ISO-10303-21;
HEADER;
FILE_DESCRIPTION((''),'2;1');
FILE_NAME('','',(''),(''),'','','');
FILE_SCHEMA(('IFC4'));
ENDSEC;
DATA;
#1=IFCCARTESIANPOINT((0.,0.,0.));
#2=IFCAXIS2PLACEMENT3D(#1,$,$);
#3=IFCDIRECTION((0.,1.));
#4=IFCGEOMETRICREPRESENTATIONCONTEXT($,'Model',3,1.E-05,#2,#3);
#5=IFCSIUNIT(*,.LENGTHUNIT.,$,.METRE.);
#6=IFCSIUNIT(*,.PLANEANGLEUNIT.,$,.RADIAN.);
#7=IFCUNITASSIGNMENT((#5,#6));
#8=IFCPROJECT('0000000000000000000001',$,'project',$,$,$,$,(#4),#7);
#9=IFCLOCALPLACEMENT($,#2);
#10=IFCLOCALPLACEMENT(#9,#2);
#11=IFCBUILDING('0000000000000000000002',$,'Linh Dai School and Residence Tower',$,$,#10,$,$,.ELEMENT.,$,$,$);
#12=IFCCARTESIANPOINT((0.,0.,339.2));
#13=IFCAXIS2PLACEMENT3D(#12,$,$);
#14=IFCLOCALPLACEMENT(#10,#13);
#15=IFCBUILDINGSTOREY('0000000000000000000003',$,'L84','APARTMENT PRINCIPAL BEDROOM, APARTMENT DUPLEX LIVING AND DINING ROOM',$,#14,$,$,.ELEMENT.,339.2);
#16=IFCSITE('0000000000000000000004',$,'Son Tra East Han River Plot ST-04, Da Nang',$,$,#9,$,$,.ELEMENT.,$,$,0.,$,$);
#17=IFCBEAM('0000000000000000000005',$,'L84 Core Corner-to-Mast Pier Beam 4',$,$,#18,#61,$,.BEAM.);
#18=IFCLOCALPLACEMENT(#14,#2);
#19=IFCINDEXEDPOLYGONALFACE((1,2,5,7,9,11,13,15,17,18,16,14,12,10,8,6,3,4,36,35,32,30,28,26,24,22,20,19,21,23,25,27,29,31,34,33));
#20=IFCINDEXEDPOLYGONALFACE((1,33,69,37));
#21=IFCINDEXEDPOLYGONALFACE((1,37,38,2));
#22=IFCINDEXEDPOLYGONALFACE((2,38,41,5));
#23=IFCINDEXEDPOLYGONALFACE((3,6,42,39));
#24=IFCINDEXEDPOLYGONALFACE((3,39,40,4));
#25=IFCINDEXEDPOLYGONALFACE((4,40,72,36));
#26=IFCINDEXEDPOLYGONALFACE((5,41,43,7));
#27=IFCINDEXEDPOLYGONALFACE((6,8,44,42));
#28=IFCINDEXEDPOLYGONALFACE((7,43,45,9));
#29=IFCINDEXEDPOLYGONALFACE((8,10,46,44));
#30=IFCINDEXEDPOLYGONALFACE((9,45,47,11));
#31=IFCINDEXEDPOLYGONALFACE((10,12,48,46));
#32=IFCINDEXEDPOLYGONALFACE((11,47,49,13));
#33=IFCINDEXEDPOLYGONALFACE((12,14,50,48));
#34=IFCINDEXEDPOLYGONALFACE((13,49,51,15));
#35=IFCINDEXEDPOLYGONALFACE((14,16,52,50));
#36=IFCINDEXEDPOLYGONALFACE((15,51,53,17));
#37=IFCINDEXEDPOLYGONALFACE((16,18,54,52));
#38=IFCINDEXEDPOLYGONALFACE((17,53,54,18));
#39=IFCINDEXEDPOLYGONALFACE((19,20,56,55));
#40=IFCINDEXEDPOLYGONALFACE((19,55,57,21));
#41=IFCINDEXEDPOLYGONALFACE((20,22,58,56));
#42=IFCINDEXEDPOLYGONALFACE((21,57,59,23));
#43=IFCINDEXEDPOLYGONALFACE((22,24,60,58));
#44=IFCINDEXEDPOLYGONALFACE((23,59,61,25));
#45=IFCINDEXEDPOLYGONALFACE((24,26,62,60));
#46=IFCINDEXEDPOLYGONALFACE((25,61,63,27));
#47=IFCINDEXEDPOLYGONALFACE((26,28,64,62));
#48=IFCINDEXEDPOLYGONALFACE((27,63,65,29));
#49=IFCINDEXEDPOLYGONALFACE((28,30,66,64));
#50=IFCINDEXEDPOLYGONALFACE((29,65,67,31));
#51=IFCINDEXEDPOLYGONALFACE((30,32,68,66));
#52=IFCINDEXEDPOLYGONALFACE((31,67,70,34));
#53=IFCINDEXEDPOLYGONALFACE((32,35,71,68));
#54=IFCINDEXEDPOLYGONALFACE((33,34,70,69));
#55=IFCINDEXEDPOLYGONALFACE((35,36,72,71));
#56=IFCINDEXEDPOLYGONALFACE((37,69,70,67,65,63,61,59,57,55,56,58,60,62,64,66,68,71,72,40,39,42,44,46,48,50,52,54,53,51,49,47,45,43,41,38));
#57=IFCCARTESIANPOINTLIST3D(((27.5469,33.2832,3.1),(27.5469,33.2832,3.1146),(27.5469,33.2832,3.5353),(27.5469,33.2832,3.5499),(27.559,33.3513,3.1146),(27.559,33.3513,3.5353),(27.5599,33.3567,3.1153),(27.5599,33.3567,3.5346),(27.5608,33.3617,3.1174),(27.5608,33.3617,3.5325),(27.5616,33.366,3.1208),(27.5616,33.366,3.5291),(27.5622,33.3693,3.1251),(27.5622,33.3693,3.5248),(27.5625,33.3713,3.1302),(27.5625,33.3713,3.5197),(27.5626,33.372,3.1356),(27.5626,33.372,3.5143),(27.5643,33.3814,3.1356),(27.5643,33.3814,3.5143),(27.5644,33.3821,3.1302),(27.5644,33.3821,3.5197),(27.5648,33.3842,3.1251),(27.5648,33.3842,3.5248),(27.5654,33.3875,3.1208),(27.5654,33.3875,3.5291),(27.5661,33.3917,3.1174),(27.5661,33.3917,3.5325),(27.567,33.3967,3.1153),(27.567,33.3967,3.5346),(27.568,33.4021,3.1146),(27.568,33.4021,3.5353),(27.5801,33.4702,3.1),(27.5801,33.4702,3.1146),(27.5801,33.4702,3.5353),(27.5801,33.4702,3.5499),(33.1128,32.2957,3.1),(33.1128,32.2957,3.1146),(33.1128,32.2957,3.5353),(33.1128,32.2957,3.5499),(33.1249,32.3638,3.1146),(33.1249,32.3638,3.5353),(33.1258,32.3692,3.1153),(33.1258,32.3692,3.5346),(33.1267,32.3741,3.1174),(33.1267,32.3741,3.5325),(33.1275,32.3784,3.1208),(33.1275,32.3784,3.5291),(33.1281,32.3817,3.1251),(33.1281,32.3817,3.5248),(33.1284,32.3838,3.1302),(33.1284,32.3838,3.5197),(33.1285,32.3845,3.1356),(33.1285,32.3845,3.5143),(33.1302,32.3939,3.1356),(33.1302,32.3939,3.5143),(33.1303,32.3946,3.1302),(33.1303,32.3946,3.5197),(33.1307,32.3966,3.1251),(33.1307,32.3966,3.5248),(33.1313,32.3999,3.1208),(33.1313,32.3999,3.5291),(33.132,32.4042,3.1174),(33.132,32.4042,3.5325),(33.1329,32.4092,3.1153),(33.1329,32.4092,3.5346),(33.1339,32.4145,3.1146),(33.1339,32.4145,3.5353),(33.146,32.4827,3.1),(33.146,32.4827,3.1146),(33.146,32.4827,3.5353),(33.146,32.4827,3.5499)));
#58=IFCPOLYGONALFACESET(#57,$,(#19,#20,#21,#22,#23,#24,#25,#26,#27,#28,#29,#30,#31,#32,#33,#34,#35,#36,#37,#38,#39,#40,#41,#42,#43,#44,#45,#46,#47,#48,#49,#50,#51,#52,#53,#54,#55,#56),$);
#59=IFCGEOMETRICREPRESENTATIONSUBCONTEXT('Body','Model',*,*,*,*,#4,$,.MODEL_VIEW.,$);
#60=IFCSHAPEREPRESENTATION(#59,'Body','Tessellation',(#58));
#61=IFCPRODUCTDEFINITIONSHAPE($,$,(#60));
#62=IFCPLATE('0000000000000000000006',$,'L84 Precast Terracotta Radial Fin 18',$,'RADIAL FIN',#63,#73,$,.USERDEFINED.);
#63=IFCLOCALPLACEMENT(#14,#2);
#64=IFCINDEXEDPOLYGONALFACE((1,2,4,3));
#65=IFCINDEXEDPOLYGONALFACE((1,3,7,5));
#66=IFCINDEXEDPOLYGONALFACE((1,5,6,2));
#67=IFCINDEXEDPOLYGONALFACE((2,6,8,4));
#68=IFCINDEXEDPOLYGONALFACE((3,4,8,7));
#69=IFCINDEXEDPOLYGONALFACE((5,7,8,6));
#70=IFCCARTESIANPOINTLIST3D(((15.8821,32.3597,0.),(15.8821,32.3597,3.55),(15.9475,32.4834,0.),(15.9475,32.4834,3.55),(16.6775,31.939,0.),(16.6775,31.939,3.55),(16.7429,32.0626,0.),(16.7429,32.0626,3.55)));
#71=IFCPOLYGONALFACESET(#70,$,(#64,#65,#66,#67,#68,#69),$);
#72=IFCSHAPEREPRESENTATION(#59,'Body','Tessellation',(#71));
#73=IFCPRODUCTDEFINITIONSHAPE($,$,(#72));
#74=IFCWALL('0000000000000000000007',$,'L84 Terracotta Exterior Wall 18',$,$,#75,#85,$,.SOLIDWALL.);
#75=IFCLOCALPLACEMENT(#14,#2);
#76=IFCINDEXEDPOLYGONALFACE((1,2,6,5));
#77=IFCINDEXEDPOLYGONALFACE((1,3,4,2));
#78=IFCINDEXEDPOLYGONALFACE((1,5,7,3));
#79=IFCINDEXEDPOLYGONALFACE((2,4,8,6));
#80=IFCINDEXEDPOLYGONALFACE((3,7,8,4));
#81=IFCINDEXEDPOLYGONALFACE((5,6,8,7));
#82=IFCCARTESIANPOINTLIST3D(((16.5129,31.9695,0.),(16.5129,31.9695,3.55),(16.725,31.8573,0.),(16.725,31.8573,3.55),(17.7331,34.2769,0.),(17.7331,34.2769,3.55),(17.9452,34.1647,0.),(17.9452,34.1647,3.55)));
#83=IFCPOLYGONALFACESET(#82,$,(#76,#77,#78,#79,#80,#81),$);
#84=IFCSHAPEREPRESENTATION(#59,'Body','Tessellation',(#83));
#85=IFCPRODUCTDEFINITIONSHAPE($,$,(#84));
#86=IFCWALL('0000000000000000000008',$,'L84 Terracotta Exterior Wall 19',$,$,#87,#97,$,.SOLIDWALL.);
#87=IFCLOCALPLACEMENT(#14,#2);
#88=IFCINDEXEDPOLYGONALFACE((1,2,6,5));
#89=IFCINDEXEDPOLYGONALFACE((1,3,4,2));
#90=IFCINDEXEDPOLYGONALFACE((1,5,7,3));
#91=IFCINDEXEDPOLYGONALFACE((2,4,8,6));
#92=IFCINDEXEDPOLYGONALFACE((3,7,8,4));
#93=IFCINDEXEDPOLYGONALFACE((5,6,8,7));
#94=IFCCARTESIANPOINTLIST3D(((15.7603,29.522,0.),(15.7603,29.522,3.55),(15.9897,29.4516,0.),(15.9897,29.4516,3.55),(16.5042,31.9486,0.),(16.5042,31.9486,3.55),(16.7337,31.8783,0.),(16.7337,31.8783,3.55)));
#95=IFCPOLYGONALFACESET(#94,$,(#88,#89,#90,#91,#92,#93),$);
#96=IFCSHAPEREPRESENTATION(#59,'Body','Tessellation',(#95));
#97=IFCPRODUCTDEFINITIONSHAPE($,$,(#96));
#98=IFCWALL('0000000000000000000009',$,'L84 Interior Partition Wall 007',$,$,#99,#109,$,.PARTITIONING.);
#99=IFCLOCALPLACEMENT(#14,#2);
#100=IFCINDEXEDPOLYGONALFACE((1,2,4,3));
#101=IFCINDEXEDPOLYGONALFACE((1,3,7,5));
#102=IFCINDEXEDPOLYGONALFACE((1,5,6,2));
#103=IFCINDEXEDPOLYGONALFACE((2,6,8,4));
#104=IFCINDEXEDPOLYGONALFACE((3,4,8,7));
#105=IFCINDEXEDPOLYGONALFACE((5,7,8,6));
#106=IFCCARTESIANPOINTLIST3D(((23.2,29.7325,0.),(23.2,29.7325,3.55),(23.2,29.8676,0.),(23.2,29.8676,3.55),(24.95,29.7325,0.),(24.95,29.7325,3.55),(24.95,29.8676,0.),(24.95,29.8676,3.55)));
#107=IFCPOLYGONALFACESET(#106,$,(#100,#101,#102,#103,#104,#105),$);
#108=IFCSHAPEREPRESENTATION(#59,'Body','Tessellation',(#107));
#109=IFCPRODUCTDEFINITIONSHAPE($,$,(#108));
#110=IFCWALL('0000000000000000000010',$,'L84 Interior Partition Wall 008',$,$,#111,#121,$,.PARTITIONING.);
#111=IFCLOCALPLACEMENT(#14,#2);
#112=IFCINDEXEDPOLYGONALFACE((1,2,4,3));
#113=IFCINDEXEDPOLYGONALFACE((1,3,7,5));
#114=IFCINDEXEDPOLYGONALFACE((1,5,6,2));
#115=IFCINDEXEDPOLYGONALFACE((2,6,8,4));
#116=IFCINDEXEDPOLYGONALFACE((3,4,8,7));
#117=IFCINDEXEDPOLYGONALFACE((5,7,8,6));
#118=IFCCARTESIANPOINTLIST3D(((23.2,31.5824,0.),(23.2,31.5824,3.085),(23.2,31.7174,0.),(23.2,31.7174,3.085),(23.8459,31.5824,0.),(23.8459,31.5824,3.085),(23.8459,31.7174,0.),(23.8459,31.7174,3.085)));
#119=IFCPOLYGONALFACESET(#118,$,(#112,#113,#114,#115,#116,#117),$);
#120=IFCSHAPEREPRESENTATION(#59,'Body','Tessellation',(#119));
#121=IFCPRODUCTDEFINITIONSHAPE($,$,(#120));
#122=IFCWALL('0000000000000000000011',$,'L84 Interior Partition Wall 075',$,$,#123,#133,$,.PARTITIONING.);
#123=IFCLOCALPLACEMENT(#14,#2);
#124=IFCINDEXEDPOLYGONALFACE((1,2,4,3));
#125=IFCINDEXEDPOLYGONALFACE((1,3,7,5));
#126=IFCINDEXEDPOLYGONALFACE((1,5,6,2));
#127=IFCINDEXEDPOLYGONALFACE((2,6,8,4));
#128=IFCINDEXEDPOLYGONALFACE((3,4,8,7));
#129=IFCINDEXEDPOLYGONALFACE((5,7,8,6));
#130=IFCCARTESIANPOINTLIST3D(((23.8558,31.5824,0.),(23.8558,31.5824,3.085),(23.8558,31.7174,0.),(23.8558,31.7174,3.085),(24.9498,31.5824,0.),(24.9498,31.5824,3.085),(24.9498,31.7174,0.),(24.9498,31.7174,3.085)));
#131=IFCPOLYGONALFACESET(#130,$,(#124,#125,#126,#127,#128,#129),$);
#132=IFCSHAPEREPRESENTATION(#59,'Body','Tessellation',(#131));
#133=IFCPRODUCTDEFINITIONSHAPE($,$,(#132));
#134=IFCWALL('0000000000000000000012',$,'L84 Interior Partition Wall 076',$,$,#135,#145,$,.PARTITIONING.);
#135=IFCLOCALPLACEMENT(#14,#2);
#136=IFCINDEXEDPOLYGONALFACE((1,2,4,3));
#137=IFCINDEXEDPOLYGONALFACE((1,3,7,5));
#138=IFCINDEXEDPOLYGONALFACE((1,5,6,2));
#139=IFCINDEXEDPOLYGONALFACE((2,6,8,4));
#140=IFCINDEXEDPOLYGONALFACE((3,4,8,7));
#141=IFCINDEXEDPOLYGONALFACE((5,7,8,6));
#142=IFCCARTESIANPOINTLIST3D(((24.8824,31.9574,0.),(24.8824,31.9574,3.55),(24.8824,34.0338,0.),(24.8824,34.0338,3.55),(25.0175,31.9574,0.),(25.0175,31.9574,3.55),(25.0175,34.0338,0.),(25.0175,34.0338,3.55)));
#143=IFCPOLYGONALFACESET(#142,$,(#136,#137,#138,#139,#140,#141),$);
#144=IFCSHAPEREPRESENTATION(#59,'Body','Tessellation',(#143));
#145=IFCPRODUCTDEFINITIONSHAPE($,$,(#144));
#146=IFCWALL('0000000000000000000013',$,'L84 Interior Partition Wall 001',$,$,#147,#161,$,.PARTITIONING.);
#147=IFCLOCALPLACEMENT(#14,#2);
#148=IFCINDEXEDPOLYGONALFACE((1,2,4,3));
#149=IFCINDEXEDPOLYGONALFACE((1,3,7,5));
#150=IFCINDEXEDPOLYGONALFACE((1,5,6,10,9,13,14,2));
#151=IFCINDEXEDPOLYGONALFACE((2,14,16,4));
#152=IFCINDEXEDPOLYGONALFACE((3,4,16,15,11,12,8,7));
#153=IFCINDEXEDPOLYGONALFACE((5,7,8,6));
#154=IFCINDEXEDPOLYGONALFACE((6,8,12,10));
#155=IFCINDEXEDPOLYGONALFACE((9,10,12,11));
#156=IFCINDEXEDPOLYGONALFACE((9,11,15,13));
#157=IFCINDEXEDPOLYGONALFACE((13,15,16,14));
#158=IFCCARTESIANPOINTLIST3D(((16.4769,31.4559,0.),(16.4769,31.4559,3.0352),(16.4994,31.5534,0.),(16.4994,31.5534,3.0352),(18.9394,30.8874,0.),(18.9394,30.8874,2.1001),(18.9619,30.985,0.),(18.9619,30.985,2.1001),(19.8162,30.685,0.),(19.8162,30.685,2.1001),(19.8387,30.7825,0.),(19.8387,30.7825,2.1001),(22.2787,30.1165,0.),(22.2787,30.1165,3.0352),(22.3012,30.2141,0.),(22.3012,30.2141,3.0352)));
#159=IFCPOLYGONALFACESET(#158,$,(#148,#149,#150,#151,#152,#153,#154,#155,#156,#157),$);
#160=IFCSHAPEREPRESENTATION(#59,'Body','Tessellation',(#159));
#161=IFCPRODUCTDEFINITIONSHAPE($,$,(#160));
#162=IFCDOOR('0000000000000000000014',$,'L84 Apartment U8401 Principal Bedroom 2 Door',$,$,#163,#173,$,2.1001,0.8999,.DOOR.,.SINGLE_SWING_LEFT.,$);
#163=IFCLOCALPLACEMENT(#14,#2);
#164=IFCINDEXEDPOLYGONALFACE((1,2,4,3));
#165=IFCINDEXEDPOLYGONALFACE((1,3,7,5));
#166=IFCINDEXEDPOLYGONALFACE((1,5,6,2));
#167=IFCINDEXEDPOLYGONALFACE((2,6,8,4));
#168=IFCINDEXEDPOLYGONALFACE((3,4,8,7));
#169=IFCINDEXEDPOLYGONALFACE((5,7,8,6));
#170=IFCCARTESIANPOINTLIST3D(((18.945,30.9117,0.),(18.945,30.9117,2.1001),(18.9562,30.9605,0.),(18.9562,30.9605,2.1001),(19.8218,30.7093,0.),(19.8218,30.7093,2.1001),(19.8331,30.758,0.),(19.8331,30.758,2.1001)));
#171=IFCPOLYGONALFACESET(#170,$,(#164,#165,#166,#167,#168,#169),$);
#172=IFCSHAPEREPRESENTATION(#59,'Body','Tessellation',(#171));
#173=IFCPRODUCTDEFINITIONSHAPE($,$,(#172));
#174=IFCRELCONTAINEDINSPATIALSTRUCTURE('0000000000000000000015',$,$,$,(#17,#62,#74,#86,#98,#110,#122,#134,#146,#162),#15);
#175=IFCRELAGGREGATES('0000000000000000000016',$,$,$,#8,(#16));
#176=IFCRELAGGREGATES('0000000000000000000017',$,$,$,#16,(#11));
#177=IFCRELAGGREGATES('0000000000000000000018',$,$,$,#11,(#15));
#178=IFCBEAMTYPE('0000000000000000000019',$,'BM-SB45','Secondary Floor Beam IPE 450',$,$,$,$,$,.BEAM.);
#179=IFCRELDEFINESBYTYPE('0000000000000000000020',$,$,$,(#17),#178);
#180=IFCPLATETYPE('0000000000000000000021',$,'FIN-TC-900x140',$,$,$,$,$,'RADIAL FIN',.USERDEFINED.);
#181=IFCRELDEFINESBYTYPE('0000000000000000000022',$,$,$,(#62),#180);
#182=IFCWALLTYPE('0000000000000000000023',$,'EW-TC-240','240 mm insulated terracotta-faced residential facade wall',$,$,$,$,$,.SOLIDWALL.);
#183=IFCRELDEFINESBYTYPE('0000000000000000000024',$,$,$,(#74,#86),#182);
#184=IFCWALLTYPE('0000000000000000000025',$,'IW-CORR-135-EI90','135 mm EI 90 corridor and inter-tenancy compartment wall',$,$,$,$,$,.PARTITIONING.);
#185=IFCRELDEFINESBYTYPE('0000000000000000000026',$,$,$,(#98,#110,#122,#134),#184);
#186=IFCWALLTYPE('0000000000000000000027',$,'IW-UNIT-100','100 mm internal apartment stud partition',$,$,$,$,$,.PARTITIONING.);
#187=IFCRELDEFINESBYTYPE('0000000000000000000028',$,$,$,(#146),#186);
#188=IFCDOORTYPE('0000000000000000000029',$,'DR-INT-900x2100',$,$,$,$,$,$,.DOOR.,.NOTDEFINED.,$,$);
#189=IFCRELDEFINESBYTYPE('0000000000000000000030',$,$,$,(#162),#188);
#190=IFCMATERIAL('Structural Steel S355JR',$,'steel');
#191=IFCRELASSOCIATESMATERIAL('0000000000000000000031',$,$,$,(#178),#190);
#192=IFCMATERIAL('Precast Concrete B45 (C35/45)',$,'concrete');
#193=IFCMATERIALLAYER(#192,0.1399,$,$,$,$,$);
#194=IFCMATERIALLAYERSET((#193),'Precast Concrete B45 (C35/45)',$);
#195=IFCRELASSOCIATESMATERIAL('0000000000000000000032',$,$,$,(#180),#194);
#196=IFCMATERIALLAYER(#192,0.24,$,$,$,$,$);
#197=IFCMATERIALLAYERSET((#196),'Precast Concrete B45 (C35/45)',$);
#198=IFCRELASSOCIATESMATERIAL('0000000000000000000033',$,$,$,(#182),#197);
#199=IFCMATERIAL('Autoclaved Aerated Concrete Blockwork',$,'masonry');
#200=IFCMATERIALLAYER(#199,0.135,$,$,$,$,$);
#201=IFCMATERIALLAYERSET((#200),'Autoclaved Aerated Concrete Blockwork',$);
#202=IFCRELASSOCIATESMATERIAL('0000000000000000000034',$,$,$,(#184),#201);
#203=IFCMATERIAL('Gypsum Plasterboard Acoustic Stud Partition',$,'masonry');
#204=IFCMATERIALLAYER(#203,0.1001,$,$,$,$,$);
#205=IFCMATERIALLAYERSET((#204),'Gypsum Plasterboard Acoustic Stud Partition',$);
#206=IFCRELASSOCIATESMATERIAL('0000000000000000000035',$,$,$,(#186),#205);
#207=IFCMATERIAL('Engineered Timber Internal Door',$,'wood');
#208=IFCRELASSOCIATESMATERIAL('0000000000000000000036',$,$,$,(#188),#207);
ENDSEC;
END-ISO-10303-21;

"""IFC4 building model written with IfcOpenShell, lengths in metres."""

from ifc_helpers import new_model, si_unit, direction, frame, frame_2d, origin, origin_2d, place, context, subcontext, project, spatial, rectangle, i_section, extrude, source, transform, mapped, material, layer, layer_set, material_profile, profile_set, type_object, element, fill, save


model = new_model("IFC4")

# Units and contexts
model_context = context("Model", 3, precision=1e-05, world=origin(), true_north=direction((0.0, 1.0)))
body_context = subcontext(model_context, "Body", "Model", "MODEL_VIEW")
ifc_project = project(units=[si_unit("LENGTHUNIT", "METRE"), si_unit("PLANEANGLEUNIT", "RADIAN")], contexts=[model_context])

# Site, building, storey
site_placement = place(None, origin())
site = spatial("IfcSite", under=ifc_project, at=site_placement, Name="Son Tra East Han River Plot ST-04, Da Nang", CompositionType="ELEMENT", RefElevation=0.0)
building_placement = place(site_placement, origin())
building = spatial("IfcBuilding", under=site, at=building_placement, Name="Linh Dai School and Residence Tower", CompositionType="ELEMENT")
storey_placement = place(building_placement, frame((0.0, 0.0, 339.2)))
storey = spatial("IfcBuildingStorey", under=building, at=storey_placement, Name="L84", Description="APARTMENT PRINCIPAL BEDROOM, APARTMENT DUPLEX LIVING AND DINING ROOM", CompositionType="ELEMENT", Elevation=339.2)

# Beam
ifc_material_1 = material(Name="Structural Steel S355JR", Category="steel")
ifc_material_profile_1 = material_profile(ifc_material_1, i_section(OverallWidth=0.1899, OverallDepth=0.45, WebThickness=0.0095, FlangeThickness=0.0146, FilletRadius=0.021, at=origin_2d()), Name="IPE 450")
ifc_profile_set_1 = profile_set([ifc_material_profile_1], Name="Structural Steel S355JR")
beam_type_1 = type_object("IfcBeamType", Name="BM-SB45", Description="Secondary Floor Beam IPE 450", PredefinedType="BEAM", material=ifc_profile_set_1)
beam_1_placement = place(storey_placement, frame((27.5635, 33.3767, 3.325), z_axis=(0.984622, -0.174699, 0.0), x_axis=(0.174699, 0.984622, 0.0)))
element("IfcBeam", 1, at=beam_1_placement, inside=storey, type_object=beam_type_1, Name="L84 Core Corner-to-Mast Pier Beam 4", PredefinedType="BEAM", context=body_context, shape_type="SweptSolid", body=[
    extrude(i_section(OverallWidth=0.1899, OverallDepth=0.45, WebThickness=0.0095, FlangeThickness=0.0146, FilletRadius=0.021, at=origin_2d()), origin(), (0.0, 0.0, 1.0), 5.6528),
])

# Plate
ifc_material_2 = material(Name="Precast Concrete B45 (C35/45)", Category="concrete")
ifc_layer_1 = layer(ifc_material_2, 0.1399)
ifc_layer_set_1 = layer_set([ifc_layer_1], Name="Precast Concrete B45 (C35/45)")
plate_type = type_object("IfcPlateType", Name="FIN-TC-900x140", ElementType="RADIAL FIN", PredefinedType="USERDEFINED", material=ifc_layer_set_1)
shared_shape_1 = source(origin(), body_context, "Body", "SweptSolid", [
    extrude(rectangle(XDim=0.8999, YDim=0.1399, at=origin_2d()), origin(), (0.0, 0.0, 1.0), 3.55),
])
plate_placement = place(storey_placement, frame((16.3125, 32.2112, 0.0), z_axis=(0.0, 0.0, 1.0), x_axis=(-0.883972, 0.46754, 0.0)))
element("IfcPlate", 2, at=plate_placement, inside=storey, type_object=plate_type, Name="L84 Precast Terracotta Radial Fin 18", ObjectType="RADIAL FIN", PredefinedType="USERDEFINED", context=body_context, shape_type="MappedRepresentation", body=[
    mapped(shared_shape_1, transform((0.0, 0.0, 0.0), x_axis=(1.0, 0.0, 0.0), y_axis=(0.0, 1.0, 0.0), z_axis=(0.0, 0.0, 1.0), scale=1.0)),
])

# Walls
ifc_layer_2 = layer(ifc_material_2, 0.24)
ifc_layer_set_2 = layer_set([ifc_layer_2], Name="Precast Concrete B45 (C35/45)")
wall_type_1 = type_object("IfcWallType", Name="EW-TC-240", Description="240 mm insulated terracotta-faced residential facade wall", PredefinedType="SOLIDWALL", material=ifc_layer_set_2)
wall_1_placement = place(storey_placement, frame((16.6189, 31.9133, 0.0), z_axis=(0.0, 0.0, 1.0), x_axis=(0.467488, 0.883999, 0.0)))
element("IfcWall", 3, at=wall_1_placement, inside=storey, type_object=wall_type_1, Name="L84 Terracotta Exterior Wall 18", PredefinedType="SOLIDWALL", context=body_context, shape_type="SweptSolid", body=[
    extrude(rectangle(XDim=2.6101, YDim=0.24, at=frame_2d((1.3052, 0.0))), origin(), (0.0, 0.0, 1.0), 3.55),
])
wall_2_placement = place(storey_placement, frame((15.875, 29.4868, 0.0), z_axis=(0.0, 0.0, 1.0), x_axis=(0.293106, 0.95608, 0.0)))
element("IfcWall", 4, at=wall_2_placement, inside=storey, type_object=wall_type_1, Name="L84 Terracotta Exterior Wall 19", PredefinedType="SOLIDWALL", context=body_context, shape_type="SweptSolid", body=[
    extrude(rectangle(XDim=2.5381, YDim=0.24, at=frame_2d((1.269, 0.0))), origin(), (0.0, 0.0, 1.0), 3.55),
])

# Shared definitions
ifc_material_3 = material(Name="Autoclaved Aerated Concrete Blockwork", Category="masonry")
ifc_layer_3 = layer(ifc_material_3, 0.135)
ifc_layer_set_3 = layer_set([ifc_layer_3], Name="Autoclaved Aerated Concrete Blockwork")
wall_type_2 = type_object("IfcWallType", Name="IW-CORR-135-EI90", Description="135 mm EI 90 corridor and inter-tenancy compartment wall", PredefinedType="PARTITIONING", material=ifc_layer_set_3)

# Walls
wall_3_placement = place(storey_placement, frame((23.2, 29.8, 0.0), z_axis=(0.0, 0.0, 1.0), x_axis=(1.0, 0.0, 0.0)))
element("IfcWall", 5, at=wall_3_placement, inside=storey, type_object=wall_type_2, Name="L84 Interior Partition Wall 007", PredefinedType="PARTITIONING", context=body_context, shape_type="SweptSolid", body=[
    extrude(rectangle(XDim=1.75, YDim=0.135, at=frame_2d((0.875, 0.0))), origin(), (0.0, 0.0, 1.0), 3.55),
])
wall_4_placement = place(storey_placement, frame((23.2, 31.6499, 0.0), z_axis=(0.0, 0.0, 1.0), x_axis=(1.0, 0.0, 0.0)))
element("IfcWall", 6, at=wall_4_placement, inside=storey, type_object=wall_type_2, Name="L84 Interior Partition Wall 008", PredefinedType="PARTITIONING", context=body_context, shape_type="SweptSolid", body=[
    extrude(rectangle(XDim=0.646, YDim=0.135, at=frame_2d((0.323, 0.0))), origin(), (0.0, 0.0, 1.0), 3.085),
])
wall_5_placement = place(storey_placement, frame((23.856, 31.6499, 0.0), z_axis=(0.0, 0.0, 1.0), x_axis=(1.0, 0.0, 0.0)))
element("IfcWall", 7, at=wall_5_placement, inside=storey, type_object=wall_type_2, Name="L84 Interior Partition Wall 075", PredefinedType="PARTITIONING", context=body_context, shape_type="SweptSolid", body=[
    extrude(rectangle(XDim=1.094, YDim=0.135, at=frame_2d((0.5469, 0.0))), origin(), (0.0, 0.0, 1.0), 3.085),
])
wall_6_placement = place(storey_placement, frame((24.95, 31.9575, 0.0), z_axis=(0.0, 0.0, 1.0), x_axis=(0.0, 1.0, 0.0)))
element("IfcWall", 8, at=wall_6_placement, inside=storey, type_object=wall_type_2, Name="L84 Interior Partition Wall 076", PredefinedType="PARTITIONING", context=body_context, shape_type="SweptSolid", body=[
    extrude(rectangle(XDim=2.0764, YDim=0.135, at=frame_2d((1.0381, 0.0))), origin(), (0.0, 0.0, 1.0), 3.55),
])

# Wall, opening, door
ifc_material_4 = material(Name="Gypsum Plasterboard Acoustic Stud Partition", Category="masonry")
ifc_layer_4 = layer(ifc_material_4, 0.1001)
ifc_layer_set_4 = layer_set([ifc_layer_4], Name="Gypsum Plasterboard Acoustic Stud Partition")
wall_type_3 = type_object("IfcWallType", Name="IW-UNIT-100", Description="100 mm internal apartment stud partition", PredefinedType="PARTITIONING", material=ifc_layer_set_4)
wall_7_placement = place(storey_placement, frame((16.4883, 31.5046, 0.0), z_axis=(0.0, 0.0, 1.0), x_axis=(0.974373, -0.224937, 0.0)))
wall_7 = element("IfcWall", 9, at=wall_7_placement, inside=storey, type_object=wall_type_3, Name="L84 Interior Partition Wall 001", PredefinedType="PARTITIONING", context=body_context, shape_type="SweptSolid", body=[
    extrude(rectangle(XDim=5.9543, YDim=0.1001, at=frame_2d((2.9771, 0.0))), origin(), (0.0, 0.0, 1.0), 3.0352),
])
opening_1_placement = place(wall_7_placement, frame((2.5271, 0.0, 0.0)))
opening_1 = element("IfcOpeningElement", 10, at=opening_1_placement, cuts=wall_7, PredefinedType="OPENING", context=body_context, shape_type="SweptSolid", body=[
    extrude(rectangle(XDim=0.8999, YDim=2.1001, at=origin_2d()), frame((0.45, 0.0601, 1.05), z_axis=(0.0, -1.0, 0.0), x_axis=(1.0, 0.0, 0.0)), (0.0, 0.0, 1.0), 0.1201),
])
ifc_material_5 = material(Name="Engineered Timber Internal Door", Category="wood")
door_type_1 = type_object("IfcDoorType", Name="DR-INT-900x2100", OperationType="NOTDEFINED", PredefinedType="DOOR", material=ifc_material_5)
shared_shape_2 = source(origin(), body_context, "Body", "SweptSolid", [
    extrude(rectangle(XDim=0.8999, YDim=2.1001, at=origin_2d()), frame((0.45, 0.0249, 1.05), z_axis=(0.0, -1.0, 0.0), x_axis=(1.0, 0.0, 0.0)), (0.0, 0.0, 1.0), 0.05),
])
door_1_placement = place(opening_1_placement, origin())
door_1 = element("IfcDoor", 11, at=door_1_placement, inside=storey, type_object=door_type_1, Name="L84 Apartment U8401 Principal Bedroom 2 Door", OperationType="SINGLE_SWING_LEFT", OverallHeight=2.1001, OverallWidth=0.8999, PredefinedType="DOOR", context=body_context, shape_type="MappedRepresentation", body=[
    mapped(shared_shape_2, transform((0.0, 0.0, 0.0), x_axis=(1.0, 0.0, 0.0), y_axis=(0.0, 1.0, 0.0), z_axis=(0.0, 0.0, 1.0), scale=1.0)),
])
fill(opening_1, door_1)

save(model, "model.ifc")
